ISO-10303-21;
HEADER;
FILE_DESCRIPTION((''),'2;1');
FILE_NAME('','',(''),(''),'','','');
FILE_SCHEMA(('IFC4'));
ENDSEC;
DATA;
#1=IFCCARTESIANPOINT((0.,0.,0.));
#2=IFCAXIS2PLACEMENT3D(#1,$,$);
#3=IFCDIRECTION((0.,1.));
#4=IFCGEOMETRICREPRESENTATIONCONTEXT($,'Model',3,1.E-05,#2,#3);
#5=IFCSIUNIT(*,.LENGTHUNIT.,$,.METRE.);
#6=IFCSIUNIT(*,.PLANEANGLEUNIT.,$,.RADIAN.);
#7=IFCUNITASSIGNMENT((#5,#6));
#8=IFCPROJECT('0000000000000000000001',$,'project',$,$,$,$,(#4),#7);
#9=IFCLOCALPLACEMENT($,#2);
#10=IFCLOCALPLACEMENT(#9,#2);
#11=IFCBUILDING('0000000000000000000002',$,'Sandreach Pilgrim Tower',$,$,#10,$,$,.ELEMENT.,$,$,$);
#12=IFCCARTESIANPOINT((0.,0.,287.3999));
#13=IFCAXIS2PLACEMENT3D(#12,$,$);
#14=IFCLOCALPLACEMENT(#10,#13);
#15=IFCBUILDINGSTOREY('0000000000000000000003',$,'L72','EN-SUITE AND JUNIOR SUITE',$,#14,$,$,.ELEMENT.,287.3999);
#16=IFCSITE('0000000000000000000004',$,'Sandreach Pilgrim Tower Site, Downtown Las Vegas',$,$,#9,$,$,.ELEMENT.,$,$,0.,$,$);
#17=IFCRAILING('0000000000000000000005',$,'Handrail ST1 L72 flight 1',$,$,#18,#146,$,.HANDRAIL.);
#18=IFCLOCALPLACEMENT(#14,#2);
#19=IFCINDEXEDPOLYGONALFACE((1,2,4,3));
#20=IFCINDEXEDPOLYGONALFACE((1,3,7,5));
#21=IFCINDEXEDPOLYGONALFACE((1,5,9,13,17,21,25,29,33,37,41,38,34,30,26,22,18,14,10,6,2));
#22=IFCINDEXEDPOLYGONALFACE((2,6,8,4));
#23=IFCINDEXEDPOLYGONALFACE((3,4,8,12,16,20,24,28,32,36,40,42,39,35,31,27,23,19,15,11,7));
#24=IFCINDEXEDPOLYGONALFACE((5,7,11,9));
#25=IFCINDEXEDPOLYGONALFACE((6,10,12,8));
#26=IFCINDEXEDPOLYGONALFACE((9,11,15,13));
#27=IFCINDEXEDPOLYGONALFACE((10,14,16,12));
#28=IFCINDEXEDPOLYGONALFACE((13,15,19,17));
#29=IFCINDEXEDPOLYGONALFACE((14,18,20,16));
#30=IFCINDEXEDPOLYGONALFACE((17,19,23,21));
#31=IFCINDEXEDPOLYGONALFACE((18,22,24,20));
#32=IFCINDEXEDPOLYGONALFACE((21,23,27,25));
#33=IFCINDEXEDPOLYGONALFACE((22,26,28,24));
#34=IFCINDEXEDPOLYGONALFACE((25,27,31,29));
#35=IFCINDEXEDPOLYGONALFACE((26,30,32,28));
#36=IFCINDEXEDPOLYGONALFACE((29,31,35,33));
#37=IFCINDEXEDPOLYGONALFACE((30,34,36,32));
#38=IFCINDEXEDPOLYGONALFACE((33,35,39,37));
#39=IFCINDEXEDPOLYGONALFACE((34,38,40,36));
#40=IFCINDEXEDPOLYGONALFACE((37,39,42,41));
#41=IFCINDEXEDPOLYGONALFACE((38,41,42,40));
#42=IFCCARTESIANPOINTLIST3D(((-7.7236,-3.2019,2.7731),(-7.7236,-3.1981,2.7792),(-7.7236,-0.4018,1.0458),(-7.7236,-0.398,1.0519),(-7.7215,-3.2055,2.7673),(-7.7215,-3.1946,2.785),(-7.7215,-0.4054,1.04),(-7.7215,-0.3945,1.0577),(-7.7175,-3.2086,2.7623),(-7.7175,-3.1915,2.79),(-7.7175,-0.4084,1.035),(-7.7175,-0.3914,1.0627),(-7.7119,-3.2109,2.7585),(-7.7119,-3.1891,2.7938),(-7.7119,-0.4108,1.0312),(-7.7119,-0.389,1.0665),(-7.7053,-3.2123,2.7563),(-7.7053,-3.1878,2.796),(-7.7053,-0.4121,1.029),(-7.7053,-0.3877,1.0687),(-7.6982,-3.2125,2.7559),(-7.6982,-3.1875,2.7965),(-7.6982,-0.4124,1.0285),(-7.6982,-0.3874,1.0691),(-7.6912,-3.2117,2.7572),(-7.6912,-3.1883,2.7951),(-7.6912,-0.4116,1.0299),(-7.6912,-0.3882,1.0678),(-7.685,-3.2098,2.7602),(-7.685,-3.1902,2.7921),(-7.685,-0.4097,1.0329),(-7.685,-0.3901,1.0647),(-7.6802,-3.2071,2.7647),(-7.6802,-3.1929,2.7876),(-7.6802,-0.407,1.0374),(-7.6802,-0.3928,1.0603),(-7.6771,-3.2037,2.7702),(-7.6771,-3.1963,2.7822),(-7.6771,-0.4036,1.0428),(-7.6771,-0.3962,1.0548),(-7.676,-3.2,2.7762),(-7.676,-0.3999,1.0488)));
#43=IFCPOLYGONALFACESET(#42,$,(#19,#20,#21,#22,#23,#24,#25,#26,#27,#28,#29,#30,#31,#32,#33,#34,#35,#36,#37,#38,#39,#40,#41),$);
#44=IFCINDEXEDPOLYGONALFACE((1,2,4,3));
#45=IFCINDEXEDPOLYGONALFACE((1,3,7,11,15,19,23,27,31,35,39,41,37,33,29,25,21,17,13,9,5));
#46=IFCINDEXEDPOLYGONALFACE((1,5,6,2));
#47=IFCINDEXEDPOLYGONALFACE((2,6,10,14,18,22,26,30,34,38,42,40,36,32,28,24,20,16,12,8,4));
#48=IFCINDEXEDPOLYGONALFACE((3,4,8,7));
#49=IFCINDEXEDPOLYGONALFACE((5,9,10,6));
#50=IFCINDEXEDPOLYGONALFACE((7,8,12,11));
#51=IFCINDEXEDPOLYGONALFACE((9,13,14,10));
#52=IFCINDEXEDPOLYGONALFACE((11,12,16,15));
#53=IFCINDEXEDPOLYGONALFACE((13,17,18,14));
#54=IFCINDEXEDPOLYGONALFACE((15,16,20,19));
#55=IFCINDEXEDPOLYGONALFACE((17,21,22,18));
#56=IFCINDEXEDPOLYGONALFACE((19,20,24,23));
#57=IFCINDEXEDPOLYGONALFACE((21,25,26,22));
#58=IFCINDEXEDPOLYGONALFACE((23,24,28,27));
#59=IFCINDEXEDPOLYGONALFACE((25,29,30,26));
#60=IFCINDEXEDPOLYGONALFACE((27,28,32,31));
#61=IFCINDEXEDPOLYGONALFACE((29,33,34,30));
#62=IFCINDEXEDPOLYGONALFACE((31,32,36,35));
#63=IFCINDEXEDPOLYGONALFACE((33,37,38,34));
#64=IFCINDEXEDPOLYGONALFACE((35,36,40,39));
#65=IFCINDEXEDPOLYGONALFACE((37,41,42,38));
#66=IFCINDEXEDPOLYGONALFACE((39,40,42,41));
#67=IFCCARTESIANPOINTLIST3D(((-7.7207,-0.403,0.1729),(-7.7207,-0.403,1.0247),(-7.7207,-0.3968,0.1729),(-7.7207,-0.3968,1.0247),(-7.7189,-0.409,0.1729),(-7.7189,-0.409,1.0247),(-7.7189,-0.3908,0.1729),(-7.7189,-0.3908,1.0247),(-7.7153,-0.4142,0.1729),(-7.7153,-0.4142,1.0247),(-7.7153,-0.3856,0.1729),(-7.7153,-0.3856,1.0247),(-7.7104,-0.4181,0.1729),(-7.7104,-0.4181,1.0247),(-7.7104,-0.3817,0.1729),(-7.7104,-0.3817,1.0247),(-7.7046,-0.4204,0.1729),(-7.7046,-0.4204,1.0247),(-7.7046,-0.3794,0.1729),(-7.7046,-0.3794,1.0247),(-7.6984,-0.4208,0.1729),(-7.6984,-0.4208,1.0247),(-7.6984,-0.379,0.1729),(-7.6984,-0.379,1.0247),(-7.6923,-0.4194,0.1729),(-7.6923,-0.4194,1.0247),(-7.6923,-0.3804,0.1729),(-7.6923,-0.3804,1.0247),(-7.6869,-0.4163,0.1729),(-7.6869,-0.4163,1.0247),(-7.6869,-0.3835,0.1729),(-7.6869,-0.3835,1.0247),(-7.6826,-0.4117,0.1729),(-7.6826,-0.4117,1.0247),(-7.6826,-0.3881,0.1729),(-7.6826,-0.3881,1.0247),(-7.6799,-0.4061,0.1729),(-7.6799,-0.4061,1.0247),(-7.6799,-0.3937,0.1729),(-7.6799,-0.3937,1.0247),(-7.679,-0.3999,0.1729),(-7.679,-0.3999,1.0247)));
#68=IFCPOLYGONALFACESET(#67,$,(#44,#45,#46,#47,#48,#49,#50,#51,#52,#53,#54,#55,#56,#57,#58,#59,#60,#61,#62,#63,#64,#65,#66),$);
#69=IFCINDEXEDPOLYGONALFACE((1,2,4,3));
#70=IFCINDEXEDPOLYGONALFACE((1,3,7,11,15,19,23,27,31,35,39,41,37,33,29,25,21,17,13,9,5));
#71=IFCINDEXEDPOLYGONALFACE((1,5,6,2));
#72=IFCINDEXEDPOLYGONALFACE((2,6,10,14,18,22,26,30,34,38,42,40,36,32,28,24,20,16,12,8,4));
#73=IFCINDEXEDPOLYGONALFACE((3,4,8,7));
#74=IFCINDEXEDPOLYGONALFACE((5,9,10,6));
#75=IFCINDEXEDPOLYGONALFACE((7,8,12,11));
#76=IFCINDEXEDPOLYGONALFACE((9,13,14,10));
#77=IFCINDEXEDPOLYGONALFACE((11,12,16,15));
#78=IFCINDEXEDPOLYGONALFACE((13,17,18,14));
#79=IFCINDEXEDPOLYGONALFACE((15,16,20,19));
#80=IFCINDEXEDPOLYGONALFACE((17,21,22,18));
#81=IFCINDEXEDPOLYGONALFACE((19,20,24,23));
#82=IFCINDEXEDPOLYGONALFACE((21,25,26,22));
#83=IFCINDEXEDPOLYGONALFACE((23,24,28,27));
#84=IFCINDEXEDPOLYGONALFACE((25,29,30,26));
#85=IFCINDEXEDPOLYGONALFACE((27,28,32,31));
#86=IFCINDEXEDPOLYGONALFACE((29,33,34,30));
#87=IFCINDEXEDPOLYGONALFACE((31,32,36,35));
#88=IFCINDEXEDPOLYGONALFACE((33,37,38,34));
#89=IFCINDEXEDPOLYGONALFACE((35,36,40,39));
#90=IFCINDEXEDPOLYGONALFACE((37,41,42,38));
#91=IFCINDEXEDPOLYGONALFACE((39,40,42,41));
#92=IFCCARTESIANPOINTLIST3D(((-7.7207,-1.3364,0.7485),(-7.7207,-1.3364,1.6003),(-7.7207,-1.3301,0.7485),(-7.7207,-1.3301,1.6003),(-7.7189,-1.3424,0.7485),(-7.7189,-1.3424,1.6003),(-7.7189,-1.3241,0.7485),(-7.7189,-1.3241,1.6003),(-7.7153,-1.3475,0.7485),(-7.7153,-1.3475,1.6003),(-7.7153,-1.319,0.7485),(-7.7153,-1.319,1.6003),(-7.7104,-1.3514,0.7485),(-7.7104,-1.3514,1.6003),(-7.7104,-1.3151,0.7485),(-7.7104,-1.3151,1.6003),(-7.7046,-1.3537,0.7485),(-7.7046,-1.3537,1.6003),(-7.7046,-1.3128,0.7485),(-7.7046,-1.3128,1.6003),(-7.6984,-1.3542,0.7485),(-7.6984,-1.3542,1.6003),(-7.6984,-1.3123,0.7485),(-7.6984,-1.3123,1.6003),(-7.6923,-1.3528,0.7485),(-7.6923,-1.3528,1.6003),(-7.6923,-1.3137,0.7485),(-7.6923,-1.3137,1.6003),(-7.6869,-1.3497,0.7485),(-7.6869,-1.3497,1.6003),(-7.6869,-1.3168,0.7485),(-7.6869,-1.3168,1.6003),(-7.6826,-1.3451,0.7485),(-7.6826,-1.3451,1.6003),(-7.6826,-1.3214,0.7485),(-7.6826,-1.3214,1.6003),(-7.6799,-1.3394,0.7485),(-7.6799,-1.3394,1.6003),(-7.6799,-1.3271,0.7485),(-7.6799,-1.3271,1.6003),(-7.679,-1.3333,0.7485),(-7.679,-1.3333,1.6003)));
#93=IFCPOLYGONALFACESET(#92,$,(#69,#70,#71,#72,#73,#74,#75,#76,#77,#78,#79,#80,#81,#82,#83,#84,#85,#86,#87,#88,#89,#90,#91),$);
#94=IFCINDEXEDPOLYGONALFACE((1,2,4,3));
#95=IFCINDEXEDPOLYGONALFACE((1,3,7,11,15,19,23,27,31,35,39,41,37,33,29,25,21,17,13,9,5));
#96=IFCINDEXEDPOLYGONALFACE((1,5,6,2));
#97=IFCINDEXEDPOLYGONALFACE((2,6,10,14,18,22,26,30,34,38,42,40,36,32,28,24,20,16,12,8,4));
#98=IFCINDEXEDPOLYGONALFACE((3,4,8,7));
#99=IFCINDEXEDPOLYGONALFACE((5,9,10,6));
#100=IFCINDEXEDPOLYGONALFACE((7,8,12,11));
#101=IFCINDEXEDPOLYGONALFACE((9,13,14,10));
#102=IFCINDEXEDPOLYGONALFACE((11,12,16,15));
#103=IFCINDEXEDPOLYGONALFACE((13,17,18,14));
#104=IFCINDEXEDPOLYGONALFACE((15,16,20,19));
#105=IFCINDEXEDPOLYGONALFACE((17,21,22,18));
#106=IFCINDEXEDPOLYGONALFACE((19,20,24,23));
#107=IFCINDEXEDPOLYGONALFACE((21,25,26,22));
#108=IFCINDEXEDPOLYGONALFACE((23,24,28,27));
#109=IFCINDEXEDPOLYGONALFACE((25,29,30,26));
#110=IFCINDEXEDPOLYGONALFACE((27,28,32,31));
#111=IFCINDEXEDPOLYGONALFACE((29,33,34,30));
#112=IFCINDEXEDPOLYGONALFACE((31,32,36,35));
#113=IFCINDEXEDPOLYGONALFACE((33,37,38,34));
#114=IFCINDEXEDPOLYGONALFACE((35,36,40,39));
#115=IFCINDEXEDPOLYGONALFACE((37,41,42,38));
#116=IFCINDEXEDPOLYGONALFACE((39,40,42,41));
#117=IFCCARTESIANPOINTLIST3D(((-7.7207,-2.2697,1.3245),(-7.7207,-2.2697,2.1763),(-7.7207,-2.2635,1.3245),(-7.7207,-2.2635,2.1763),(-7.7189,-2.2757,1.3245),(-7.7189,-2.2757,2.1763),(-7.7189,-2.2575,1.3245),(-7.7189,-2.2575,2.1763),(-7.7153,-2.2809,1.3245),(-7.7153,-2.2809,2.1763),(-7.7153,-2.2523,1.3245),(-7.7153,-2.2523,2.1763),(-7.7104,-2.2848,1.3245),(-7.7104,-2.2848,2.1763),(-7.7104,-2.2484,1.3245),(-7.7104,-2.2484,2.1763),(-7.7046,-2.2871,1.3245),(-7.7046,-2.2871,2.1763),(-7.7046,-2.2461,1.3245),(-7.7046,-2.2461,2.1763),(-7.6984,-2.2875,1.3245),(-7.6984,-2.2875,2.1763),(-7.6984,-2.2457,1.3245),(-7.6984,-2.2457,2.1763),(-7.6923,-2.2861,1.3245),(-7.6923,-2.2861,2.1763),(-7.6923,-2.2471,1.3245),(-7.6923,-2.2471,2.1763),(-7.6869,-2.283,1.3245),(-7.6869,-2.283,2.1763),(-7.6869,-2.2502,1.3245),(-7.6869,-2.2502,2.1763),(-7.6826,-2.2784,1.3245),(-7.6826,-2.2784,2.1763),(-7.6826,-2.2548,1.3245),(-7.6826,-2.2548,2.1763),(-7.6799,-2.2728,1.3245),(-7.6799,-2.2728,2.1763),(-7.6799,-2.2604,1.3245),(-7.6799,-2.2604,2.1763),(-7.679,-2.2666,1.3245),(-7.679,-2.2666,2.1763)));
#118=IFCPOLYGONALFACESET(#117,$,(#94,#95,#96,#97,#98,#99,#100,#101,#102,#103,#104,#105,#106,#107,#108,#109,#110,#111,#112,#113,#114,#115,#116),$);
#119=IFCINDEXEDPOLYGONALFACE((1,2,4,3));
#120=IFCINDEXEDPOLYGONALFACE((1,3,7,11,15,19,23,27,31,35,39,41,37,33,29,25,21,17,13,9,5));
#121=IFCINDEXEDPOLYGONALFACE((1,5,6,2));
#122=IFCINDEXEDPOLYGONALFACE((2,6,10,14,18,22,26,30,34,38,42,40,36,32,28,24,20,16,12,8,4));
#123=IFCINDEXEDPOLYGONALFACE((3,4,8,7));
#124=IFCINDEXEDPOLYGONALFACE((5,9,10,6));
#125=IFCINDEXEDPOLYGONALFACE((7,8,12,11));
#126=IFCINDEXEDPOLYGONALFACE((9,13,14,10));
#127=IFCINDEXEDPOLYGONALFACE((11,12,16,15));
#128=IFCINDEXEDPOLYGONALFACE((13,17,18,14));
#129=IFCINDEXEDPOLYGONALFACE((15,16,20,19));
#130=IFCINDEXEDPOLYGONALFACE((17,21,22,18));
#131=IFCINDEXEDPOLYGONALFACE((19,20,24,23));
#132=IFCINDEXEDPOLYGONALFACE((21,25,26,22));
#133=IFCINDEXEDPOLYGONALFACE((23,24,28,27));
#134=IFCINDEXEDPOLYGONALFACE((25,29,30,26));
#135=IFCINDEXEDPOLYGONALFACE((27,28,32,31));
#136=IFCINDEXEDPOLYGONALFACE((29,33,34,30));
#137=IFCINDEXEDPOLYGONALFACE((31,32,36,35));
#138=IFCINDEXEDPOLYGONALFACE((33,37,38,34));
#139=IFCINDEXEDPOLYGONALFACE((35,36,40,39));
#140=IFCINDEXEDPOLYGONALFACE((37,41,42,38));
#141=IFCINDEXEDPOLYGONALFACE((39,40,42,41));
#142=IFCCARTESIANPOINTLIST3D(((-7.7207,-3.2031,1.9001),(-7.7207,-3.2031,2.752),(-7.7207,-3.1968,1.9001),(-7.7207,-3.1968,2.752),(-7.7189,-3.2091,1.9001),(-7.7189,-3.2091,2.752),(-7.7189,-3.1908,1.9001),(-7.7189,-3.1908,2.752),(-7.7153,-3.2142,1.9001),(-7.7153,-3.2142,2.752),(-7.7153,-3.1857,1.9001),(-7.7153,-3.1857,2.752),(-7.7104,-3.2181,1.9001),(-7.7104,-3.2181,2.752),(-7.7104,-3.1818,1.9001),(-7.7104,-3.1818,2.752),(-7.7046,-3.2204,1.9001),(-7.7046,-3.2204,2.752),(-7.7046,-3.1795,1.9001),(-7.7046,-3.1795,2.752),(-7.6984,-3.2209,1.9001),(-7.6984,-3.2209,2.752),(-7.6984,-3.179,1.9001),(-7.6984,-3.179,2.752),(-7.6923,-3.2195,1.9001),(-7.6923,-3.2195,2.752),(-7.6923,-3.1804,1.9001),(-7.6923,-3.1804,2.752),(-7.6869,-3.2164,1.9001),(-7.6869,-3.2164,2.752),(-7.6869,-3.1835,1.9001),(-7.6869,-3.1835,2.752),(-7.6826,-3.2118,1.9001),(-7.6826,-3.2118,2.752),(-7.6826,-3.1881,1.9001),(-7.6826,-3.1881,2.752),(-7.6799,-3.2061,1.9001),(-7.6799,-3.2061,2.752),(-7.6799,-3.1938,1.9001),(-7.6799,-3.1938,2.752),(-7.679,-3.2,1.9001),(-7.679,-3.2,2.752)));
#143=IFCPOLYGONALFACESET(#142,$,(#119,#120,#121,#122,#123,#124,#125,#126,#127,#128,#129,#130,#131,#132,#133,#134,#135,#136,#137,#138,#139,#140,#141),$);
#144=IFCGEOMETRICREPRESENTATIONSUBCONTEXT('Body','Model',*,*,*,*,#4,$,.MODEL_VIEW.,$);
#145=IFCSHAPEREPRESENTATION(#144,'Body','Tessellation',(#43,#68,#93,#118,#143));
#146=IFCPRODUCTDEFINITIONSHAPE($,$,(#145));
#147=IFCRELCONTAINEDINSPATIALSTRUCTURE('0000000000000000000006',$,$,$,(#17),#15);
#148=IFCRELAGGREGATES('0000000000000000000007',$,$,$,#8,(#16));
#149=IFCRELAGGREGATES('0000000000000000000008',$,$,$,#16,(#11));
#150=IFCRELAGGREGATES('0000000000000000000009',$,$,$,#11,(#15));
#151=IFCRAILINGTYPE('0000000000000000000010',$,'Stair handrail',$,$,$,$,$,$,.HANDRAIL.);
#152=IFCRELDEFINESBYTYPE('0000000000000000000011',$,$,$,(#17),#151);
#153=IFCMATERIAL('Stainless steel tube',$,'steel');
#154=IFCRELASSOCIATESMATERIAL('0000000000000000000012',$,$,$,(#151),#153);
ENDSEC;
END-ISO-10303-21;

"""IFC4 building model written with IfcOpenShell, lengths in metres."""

from ifc_helpers import new_model, si_unit, direction, frame, origin, origin_2d, place, context, subcontext, project, spatial, circle, extrude, material, type_object, element, save


model = new_model("IFC4")

# Units and contexts
model_context = context("Model", 3, precision=1e-05, world=origin(), true_north=direction((0.0, 1.0)))
body_context = subcontext(model_context, "Body", "Model", "MODEL_VIEW")
ifc_project = project(units=[si_unit("LENGTHUNIT", "METRE"), si_unit("PLANEANGLEUNIT", "RADIAN")], contexts=[model_context])

# Site, building, storey
site_placement = place(None, origin())
site = spatial("IfcSite", under=ifc_project, at=site_placement, Name="Sandreach Pilgrim Tower Site, Downtown Las Vegas", CompositionType="ELEMENT", RefElevation=0.0)
building_placement = place(site_placement, origin())
building = spatial("IfcBuilding", under=site, at=building_placement, Name="Sandreach Pilgrim Tower", CompositionType="ELEMENT")
storey_placement = place(building_placement, frame((0.0, 0.0, 287.3999)))
storey = spatial("IfcBuildingStorey", under=building, at=storey_placement, Name="L72", Description="EN-SUITE AND JUNIOR SUITE", CompositionType="ELEMENT", Elevation=287.3999)

# Railing
ifc_material_1 = material(Name="Stainless steel tube", Category="steel")
railing_type = type_object("IfcRailingType", Name="Stair handrail", PredefinedType="HANDRAIL", material=ifc_material_1)
for number, where, name in (
    (1, (-7.7, -0.3999, 0.1729), "Handrail ST1 L72 flight 1"),
):
    element("IfcRailing", number, at=place(storey_placement, frame(where)), inside=storey, type_object=railing_type, Name=name, PredefinedType="HANDRAIL", context=body_context, shape_type="SweptSolid", body=[
        extrude(circle(Radius=0.0239, at=origin_2d()), frame((0.0, 0.0, 0.876), z_axis=(0.0, -0.85109, 0.52502), x_axis=(1.0, 0.0, 0.0)), (0.0, 0.0, 1.0), 3.29),
        extrude(circle(Radius=0.021, at=origin_2d()), origin(), (0.0, 0.0, 1.0), 0.8518),
        extrude(circle(Radius=0.021, at=origin_2d()), frame((0.0, -0.9333, 0.5757)), (0.0, 0.0, 1.0), 0.8518),
        extrude(circle(Radius=0.021, at=origin_2d()), frame((0.0, -1.8667, 1.1516)), (0.0, 0.0, 1.0), 0.8518),
        extrude(circle(Radius=0.021, at=origin_2d()), frame((0.0, -2.8, 1.7273)), (0.0, 0.0, 1.0), 0.8518),
    ])

save(model, "model.ifc")
